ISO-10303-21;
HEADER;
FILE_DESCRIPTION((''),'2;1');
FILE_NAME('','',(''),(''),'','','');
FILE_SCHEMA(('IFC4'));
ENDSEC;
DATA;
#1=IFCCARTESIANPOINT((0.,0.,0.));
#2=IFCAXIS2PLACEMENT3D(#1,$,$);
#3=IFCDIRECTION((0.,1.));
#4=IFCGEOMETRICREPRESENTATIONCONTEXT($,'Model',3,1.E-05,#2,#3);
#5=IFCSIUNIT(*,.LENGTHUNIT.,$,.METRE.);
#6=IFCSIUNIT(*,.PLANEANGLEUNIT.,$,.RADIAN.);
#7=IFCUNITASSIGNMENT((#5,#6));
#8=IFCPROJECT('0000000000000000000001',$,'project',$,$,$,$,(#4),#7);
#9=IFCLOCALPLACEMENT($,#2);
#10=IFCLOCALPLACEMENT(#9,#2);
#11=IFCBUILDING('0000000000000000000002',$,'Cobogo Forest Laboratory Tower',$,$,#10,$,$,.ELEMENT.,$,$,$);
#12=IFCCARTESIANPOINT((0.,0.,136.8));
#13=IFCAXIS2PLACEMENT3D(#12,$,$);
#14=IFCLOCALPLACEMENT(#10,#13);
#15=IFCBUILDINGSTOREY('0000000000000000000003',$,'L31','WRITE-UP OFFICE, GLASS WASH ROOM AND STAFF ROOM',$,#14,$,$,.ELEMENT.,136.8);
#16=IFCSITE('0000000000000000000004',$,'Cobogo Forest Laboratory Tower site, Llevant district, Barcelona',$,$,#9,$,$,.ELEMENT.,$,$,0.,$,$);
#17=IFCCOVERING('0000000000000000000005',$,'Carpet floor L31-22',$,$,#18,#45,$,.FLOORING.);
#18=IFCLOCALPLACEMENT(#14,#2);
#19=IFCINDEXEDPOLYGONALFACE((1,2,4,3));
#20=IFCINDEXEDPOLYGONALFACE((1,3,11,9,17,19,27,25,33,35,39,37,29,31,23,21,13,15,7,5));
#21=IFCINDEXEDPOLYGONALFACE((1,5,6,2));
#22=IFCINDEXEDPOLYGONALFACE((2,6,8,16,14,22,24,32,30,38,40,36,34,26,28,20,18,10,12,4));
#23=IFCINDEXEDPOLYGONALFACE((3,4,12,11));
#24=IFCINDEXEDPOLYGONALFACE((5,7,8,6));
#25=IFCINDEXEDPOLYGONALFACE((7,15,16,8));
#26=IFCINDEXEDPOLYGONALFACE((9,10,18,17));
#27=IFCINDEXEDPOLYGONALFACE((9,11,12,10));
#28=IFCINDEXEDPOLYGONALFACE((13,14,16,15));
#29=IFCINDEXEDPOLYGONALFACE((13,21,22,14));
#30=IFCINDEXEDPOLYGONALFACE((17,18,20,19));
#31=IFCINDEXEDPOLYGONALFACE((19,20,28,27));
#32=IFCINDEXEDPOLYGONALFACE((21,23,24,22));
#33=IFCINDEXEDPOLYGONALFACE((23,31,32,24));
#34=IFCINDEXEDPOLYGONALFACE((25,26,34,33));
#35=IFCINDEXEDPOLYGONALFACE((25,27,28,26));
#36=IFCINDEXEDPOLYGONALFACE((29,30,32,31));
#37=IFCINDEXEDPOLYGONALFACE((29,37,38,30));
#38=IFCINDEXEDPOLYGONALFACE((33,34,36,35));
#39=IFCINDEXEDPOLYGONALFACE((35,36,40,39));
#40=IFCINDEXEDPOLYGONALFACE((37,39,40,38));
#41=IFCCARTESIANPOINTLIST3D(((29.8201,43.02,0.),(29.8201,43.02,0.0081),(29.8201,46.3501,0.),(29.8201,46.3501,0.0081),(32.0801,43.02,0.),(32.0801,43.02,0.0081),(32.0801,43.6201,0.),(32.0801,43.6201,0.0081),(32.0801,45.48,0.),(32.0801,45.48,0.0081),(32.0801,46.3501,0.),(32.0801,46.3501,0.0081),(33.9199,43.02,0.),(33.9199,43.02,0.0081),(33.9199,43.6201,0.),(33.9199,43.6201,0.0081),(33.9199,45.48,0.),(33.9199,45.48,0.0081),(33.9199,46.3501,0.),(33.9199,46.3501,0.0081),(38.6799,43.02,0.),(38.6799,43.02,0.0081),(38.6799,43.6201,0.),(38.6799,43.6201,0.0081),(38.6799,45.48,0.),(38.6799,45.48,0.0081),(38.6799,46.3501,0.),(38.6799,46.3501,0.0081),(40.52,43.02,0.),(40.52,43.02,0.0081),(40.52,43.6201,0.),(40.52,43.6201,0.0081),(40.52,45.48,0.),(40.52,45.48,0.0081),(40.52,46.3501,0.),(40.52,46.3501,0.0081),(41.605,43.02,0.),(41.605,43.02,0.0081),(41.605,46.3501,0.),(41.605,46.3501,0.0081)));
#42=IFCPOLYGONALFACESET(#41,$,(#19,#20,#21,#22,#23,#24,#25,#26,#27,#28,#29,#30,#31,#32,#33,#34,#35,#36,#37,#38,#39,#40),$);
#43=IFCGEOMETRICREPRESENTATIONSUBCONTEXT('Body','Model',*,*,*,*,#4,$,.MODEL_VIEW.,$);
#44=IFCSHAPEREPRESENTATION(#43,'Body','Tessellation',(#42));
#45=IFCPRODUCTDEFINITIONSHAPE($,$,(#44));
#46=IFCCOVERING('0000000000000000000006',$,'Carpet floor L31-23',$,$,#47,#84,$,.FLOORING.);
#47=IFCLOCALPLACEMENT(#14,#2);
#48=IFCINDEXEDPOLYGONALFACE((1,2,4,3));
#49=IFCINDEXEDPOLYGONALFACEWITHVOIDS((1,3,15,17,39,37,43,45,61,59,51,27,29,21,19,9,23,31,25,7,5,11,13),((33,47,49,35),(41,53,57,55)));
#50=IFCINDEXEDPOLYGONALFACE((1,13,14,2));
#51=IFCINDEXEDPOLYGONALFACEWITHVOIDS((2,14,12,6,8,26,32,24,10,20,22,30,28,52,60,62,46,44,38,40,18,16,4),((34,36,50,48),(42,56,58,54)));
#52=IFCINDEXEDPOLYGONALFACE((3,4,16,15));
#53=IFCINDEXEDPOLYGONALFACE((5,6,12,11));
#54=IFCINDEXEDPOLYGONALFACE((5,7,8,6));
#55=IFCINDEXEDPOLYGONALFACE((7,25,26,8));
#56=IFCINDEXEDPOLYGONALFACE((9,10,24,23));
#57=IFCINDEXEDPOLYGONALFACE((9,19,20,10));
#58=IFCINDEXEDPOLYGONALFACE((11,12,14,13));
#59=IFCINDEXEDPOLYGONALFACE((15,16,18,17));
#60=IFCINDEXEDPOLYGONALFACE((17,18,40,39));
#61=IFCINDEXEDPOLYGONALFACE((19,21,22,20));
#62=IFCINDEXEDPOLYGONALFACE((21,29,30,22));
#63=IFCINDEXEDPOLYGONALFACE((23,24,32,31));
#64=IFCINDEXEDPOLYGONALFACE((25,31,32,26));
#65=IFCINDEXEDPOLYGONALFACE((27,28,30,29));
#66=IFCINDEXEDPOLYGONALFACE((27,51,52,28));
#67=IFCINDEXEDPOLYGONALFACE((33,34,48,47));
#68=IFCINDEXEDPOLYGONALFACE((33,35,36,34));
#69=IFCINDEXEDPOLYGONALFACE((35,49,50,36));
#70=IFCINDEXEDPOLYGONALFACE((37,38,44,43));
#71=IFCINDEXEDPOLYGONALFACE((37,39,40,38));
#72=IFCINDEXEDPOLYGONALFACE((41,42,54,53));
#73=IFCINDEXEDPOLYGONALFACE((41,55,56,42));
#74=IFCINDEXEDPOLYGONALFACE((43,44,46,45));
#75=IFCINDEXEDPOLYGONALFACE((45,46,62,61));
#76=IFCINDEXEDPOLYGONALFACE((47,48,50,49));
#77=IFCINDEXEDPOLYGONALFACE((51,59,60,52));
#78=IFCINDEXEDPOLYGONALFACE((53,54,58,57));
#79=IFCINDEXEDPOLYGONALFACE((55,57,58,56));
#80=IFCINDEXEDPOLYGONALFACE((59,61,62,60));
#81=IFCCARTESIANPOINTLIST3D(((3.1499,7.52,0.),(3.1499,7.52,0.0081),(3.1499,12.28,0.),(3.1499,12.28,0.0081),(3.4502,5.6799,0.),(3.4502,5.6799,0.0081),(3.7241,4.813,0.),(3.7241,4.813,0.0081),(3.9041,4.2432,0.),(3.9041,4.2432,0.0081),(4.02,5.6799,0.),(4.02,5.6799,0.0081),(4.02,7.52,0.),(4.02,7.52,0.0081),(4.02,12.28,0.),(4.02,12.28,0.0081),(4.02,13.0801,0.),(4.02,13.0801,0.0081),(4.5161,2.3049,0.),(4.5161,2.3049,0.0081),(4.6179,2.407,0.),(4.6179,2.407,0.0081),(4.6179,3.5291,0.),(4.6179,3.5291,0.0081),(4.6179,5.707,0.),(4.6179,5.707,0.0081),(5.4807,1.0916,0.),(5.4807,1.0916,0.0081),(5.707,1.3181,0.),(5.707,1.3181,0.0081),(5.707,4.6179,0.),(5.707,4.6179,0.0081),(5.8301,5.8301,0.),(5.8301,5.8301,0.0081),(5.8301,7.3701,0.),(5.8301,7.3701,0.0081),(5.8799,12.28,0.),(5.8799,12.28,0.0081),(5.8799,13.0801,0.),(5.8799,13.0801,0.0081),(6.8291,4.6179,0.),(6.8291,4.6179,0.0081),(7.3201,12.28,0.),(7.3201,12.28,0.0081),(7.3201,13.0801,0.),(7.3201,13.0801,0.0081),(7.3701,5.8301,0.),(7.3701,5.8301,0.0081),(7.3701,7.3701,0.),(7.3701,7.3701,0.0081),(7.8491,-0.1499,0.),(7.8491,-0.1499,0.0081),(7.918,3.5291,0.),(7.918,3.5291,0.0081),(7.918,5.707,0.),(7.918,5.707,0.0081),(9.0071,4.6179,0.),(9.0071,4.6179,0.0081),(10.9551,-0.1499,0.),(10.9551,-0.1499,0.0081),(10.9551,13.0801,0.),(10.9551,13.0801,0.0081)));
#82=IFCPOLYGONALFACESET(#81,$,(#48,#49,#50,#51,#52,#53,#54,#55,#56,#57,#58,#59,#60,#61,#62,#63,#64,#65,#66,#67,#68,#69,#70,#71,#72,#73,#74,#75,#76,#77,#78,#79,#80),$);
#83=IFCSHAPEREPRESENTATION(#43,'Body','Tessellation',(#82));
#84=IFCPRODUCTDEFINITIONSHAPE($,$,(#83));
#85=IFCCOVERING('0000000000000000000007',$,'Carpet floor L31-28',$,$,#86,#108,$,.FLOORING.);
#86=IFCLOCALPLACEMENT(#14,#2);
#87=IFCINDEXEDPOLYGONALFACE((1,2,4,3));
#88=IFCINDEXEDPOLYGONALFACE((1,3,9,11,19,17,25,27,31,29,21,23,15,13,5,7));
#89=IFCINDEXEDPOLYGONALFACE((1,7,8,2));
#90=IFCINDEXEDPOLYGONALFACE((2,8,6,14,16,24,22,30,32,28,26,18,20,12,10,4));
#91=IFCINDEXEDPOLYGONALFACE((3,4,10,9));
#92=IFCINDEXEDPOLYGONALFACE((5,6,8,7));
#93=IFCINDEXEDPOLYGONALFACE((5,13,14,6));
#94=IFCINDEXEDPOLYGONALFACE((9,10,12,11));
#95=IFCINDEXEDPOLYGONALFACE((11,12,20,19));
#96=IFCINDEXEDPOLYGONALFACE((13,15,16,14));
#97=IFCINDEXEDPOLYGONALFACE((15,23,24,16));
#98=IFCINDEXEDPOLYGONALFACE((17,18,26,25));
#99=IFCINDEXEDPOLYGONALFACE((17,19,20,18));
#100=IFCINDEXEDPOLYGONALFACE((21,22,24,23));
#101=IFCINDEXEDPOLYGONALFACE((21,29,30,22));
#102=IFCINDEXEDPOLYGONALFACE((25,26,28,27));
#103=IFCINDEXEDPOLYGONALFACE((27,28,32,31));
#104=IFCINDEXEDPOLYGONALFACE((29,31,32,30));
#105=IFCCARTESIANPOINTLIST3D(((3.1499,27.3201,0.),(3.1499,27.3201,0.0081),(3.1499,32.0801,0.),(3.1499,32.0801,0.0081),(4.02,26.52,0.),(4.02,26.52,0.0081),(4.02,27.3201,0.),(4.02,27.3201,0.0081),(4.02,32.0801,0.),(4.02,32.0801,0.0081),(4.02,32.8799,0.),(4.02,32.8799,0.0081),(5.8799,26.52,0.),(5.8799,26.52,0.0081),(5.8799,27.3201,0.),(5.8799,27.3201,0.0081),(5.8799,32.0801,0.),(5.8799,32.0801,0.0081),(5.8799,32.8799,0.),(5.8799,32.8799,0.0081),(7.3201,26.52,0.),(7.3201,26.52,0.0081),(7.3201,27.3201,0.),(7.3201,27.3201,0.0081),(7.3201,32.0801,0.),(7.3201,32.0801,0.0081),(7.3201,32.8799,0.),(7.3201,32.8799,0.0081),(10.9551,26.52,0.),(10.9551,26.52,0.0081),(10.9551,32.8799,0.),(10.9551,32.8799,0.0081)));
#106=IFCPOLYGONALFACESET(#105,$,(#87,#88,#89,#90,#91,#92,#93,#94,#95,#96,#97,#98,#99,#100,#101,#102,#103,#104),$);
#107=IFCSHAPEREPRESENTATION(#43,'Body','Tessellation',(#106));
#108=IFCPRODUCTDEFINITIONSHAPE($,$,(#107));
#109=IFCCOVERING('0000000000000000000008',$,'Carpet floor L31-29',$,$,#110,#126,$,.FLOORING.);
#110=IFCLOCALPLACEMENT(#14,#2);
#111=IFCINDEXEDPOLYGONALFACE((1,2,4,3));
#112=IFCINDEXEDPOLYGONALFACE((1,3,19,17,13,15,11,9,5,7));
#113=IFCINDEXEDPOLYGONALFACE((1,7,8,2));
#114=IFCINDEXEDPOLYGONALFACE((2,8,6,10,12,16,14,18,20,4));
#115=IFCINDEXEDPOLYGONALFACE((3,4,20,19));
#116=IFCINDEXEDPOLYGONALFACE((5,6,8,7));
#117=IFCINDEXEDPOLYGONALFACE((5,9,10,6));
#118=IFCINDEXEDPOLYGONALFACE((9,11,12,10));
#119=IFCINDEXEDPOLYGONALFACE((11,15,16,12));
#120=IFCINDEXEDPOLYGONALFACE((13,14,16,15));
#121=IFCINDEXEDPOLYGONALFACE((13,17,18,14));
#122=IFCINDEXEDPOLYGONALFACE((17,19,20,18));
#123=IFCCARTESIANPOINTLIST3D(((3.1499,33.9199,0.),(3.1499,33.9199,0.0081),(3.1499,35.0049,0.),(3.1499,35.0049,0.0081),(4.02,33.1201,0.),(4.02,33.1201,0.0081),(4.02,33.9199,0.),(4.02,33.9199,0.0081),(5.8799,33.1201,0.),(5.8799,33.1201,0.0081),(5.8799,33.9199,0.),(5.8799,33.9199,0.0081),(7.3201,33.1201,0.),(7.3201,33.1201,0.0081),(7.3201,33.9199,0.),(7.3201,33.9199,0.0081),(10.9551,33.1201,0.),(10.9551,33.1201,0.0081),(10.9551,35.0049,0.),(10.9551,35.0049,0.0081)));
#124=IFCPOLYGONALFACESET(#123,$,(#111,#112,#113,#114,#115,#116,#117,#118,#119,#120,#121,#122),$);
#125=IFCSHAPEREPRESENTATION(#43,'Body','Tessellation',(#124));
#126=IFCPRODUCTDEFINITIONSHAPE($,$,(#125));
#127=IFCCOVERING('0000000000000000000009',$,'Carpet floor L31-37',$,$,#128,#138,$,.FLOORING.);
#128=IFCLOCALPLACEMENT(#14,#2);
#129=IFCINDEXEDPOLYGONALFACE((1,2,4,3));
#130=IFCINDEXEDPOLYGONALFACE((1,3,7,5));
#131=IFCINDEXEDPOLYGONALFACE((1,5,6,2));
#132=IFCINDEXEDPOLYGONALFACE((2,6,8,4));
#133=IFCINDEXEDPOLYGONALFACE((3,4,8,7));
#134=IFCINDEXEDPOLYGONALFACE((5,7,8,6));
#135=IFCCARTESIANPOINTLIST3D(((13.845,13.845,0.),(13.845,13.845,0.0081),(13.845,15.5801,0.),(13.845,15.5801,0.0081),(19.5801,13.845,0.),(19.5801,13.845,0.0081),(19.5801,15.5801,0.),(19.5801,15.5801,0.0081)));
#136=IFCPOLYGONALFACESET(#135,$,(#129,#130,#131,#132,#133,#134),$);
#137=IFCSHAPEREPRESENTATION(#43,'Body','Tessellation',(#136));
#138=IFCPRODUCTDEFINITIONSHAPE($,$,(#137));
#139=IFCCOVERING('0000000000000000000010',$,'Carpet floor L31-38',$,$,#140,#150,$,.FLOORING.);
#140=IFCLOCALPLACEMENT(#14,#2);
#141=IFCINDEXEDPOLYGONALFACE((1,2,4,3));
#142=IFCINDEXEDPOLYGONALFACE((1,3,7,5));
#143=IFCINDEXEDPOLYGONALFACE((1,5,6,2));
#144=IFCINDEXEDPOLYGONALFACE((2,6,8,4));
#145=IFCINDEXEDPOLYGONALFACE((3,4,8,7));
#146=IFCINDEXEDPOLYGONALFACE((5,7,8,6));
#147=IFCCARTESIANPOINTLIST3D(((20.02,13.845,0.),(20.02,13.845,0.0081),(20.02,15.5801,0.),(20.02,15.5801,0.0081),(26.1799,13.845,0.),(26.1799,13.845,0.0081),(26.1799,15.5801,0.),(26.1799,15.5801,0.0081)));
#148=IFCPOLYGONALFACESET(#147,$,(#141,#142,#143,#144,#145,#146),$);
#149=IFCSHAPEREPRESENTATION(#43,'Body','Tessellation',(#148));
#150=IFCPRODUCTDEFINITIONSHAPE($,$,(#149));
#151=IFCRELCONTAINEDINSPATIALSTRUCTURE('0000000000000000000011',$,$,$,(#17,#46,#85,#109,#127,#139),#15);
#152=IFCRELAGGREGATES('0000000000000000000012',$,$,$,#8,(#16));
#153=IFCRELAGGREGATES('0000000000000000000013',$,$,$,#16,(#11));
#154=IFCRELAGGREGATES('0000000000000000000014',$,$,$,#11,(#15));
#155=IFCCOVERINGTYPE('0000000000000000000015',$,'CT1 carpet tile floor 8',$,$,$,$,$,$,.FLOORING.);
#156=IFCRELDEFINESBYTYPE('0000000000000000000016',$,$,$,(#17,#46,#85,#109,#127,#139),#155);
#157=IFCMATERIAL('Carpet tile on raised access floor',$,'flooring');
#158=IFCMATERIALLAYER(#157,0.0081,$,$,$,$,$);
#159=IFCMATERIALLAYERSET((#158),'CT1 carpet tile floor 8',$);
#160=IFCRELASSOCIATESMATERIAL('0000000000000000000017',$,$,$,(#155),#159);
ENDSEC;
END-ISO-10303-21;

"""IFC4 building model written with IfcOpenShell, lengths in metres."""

from ifc_helpers import new_model, si_unit, direction, frame, origin, place, context, subcontext, project, spatial, polyline, outline, extrude, material, layer, layer_set, type_object, element, save


model = new_model("IFC4")

# Units and contexts
model_context = context("Model", 3, precision=1e-05, world=origin(), true_north=direction((0.0, 1.0)))
body_context = subcontext(model_context, "Body", "Model", "MODEL_VIEW")
ifc_project = project(units=[si_unit("LENGTHUNIT", "METRE"), si_unit("PLANEANGLEUNIT", "RADIAN")], contexts=[model_context])

# Site, building, storey
site_placement = place(None, origin())
site = spatial("IfcSite", under=ifc_project, at=site_placement, Name="Cobogo Forest Laboratory Tower site, Llevant district, Barcelona", CompositionType="ELEMENT", RefElevation=0.0)
building_placement = place(site_placement, origin())
building = spatial("IfcBuilding", under=site, at=building_placement, Name="Cobogo Forest Laboratory Tower", CompositionType="ELEMENT")
storey_placement = place(building_placement, frame((0.0, 0.0, 136.8)))
storey = spatial("IfcBuildingStorey", under=building, at=storey_placement, Name="L31", Description="WRITE-UP OFFICE, GLASS WASH ROOM AND STAFF ROOM", CompositionType="ELEMENT", Elevation=136.8)

# Coverings
ifc_material_1 = material(Name="Carpet tile on raised access floor", Category="flooring")
ifc_layer_1 = layer(ifc_material_1, 0.0081)
ifc_layer_set_1 = layer_set([ifc_layer_1], Name="CT1 carpet tile floor 8")
covering_type_1 = type_object("IfcCoveringType", Name="CT1 carpet tile floor 8", PredefinedType="FLOORING", material=ifc_layer_set_1)
covering_1_placement = place(storey_placement, origin())
element("IfcCovering", 1, at=covering_1_placement, inside=storey, type_object=covering_type_1, Name="Carpet floor L31-22", PredefinedType="FLOORING", context=body_context, shape_type="SweptSolid", body=[
    extrude(outline(polyline([(40.52, 43.02), (40.52, 43.6201), (38.6799, 43.6201), (38.6799, 43.02), (33.9199, 43.02), (33.9199, 43.6201), (32.0801, 43.6201), (32.0801, 43.02), (29.8201, 43.02), (29.8201, 46.3501), (32.0801, 46.3501), (32.0801, 45.48), (33.9199, 45.48), (33.9199, 46.3501), (38.6799, 46.3501), (38.6799, 45.48), (40.52, 45.48), (40.52, 46.3501), (41.605, 46.3501), (41.605, 43.02), (40.52, 43.02)])), origin(), (0.0, 0.0, 1.0), 0.0081),
])
covering_2_placement = place(storey_placement, origin())
element("IfcCovering", 2, at=covering_2_placement, inside=storey, type_object=covering_type_1, Name="Carpet floor L31-23", PredefinedType="FLOORING", context=body_context, shape_type="SweptSolid", body=[
    extrude(outline(polyline([(3.9041, 4.2432), (4.6179, 3.5291), (5.707, 4.6179), (4.6179, 5.707), (3.7241, 4.813), (3.4502, 5.6799), (4.02, 5.6799), (4.02, 7.52), (3.1499, 7.52), (3.1499, 12.28), (4.02, 12.28), (4.02, 13.0801), (5.8799, 13.0801), (5.8799, 12.28), (7.3201, 12.28), (7.3201, 13.0801), (10.9551, 13.0801), (10.9551, -0.1499), (7.8491, -0.1499), (5.4807, 1.0916), (5.707, 1.3181), (4.6179, 2.407), (4.5161, 2.3049), (3.9041, 4.2432)]), holes=[polyline([(6.8291, 4.6179), (7.918, 3.5291), (9.0071, 4.6179), (7.918, 5.707), (6.8291, 4.6179)]), polyline([(5.8301, 7.3701), (5.8301, 5.8301), (7.3701, 5.8301), (7.3701, 7.3701), (5.8301, 7.3701)])]), origin(), (0.0, 0.0, 1.0), 0.0081),
])
covering_3_placement = place(storey_placement, origin())
element("IfcCovering", 3, at=covering_3_placement, inside=storey, type_object=covering_type_1, Name="Carpet floor L31-28", PredefinedType="FLOORING", context=body_context, shape_type="SweptSolid", body=[
    extrude(outline(polyline([(10.9551, 26.52), (7.3201, 26.52), (7.3201, 27.3201), (5.8799, 27.3201), (5.8799, 26.52), (4.02, 26.52), (4.02, 27.3201), (3.1499, 27.3201), (3.1499, 32.0801), (4.02, 32.0801), (4.02, 32.8799), (5.8799, 32.8799), (5.8799, 32.0801), (7.3201, 32.0801), (7.3201, 32.8799), (10.9551, 32.8799), (10.9551, 26.52)])), origin(), (0.0, 0.0, 1.0), 0.0081),
])
covering_4_placement = place(storey_placement, origin())
element("IfcCovering", 4, at=covering_4_placement, inside=storey, type_object=covering_type_1, Name="Carpet floor L31-29", PredefinedType="FLOORING", context=body_context, shape_type="SweptSolid", body=[
    extrude(outline(polyline([(10.9551, 33.1201), (7.3201, 33.1201), (7.3201, 33.9199), (5.8799, 33.9199), (5.8799, 33.1201), (4.02, 33.1201), (4.02, 33.9199), (3.1499, 33.9199), (3.1499, 35.0049), (10.9551, 35.0049), (10.9551, 33.1201)])), origin(), (0.0, 0.0, 1.0), 0.0081),
])
covering_5_placement = place(storey_placement, origin())
element("IfcCovering", 5, at=covering_5_placement, inside=storey, type_object=covering_type_1, Name="Carpet floor L31-37", PredefinedType="FLOORING", context=body_context, shape_type="SweptSolid", body=[
    extrude(outline(polyline([(19.5801, 13.845), (13.845, 13.845), (13.845, 15.5801), (19.5801, 15.5801), (19.5801, 13.845)])), origin(), (0.0, 0.0, 1.0), 0.0081),
])
covering_6_placement = place(storey_placement, origin())
element("IfcCovering", 6, at=covering_6_placement, inside=storey, type_object=covering_type_1, Name="Carpet floor L31-38", PredefinedType="FLOORING", context=body_context, shape_type="SweptSolid", body=[
    extrude(outline(polyline([(26.1799, 13.845), (20.02, 13.845), (20.02, 15.5801), (26.1799, 15.5801), (26.1799, 13.845)])), origin(), (0.0, 0.0, 1.0), 0.0081),
])

save(model, "model.ifc")
